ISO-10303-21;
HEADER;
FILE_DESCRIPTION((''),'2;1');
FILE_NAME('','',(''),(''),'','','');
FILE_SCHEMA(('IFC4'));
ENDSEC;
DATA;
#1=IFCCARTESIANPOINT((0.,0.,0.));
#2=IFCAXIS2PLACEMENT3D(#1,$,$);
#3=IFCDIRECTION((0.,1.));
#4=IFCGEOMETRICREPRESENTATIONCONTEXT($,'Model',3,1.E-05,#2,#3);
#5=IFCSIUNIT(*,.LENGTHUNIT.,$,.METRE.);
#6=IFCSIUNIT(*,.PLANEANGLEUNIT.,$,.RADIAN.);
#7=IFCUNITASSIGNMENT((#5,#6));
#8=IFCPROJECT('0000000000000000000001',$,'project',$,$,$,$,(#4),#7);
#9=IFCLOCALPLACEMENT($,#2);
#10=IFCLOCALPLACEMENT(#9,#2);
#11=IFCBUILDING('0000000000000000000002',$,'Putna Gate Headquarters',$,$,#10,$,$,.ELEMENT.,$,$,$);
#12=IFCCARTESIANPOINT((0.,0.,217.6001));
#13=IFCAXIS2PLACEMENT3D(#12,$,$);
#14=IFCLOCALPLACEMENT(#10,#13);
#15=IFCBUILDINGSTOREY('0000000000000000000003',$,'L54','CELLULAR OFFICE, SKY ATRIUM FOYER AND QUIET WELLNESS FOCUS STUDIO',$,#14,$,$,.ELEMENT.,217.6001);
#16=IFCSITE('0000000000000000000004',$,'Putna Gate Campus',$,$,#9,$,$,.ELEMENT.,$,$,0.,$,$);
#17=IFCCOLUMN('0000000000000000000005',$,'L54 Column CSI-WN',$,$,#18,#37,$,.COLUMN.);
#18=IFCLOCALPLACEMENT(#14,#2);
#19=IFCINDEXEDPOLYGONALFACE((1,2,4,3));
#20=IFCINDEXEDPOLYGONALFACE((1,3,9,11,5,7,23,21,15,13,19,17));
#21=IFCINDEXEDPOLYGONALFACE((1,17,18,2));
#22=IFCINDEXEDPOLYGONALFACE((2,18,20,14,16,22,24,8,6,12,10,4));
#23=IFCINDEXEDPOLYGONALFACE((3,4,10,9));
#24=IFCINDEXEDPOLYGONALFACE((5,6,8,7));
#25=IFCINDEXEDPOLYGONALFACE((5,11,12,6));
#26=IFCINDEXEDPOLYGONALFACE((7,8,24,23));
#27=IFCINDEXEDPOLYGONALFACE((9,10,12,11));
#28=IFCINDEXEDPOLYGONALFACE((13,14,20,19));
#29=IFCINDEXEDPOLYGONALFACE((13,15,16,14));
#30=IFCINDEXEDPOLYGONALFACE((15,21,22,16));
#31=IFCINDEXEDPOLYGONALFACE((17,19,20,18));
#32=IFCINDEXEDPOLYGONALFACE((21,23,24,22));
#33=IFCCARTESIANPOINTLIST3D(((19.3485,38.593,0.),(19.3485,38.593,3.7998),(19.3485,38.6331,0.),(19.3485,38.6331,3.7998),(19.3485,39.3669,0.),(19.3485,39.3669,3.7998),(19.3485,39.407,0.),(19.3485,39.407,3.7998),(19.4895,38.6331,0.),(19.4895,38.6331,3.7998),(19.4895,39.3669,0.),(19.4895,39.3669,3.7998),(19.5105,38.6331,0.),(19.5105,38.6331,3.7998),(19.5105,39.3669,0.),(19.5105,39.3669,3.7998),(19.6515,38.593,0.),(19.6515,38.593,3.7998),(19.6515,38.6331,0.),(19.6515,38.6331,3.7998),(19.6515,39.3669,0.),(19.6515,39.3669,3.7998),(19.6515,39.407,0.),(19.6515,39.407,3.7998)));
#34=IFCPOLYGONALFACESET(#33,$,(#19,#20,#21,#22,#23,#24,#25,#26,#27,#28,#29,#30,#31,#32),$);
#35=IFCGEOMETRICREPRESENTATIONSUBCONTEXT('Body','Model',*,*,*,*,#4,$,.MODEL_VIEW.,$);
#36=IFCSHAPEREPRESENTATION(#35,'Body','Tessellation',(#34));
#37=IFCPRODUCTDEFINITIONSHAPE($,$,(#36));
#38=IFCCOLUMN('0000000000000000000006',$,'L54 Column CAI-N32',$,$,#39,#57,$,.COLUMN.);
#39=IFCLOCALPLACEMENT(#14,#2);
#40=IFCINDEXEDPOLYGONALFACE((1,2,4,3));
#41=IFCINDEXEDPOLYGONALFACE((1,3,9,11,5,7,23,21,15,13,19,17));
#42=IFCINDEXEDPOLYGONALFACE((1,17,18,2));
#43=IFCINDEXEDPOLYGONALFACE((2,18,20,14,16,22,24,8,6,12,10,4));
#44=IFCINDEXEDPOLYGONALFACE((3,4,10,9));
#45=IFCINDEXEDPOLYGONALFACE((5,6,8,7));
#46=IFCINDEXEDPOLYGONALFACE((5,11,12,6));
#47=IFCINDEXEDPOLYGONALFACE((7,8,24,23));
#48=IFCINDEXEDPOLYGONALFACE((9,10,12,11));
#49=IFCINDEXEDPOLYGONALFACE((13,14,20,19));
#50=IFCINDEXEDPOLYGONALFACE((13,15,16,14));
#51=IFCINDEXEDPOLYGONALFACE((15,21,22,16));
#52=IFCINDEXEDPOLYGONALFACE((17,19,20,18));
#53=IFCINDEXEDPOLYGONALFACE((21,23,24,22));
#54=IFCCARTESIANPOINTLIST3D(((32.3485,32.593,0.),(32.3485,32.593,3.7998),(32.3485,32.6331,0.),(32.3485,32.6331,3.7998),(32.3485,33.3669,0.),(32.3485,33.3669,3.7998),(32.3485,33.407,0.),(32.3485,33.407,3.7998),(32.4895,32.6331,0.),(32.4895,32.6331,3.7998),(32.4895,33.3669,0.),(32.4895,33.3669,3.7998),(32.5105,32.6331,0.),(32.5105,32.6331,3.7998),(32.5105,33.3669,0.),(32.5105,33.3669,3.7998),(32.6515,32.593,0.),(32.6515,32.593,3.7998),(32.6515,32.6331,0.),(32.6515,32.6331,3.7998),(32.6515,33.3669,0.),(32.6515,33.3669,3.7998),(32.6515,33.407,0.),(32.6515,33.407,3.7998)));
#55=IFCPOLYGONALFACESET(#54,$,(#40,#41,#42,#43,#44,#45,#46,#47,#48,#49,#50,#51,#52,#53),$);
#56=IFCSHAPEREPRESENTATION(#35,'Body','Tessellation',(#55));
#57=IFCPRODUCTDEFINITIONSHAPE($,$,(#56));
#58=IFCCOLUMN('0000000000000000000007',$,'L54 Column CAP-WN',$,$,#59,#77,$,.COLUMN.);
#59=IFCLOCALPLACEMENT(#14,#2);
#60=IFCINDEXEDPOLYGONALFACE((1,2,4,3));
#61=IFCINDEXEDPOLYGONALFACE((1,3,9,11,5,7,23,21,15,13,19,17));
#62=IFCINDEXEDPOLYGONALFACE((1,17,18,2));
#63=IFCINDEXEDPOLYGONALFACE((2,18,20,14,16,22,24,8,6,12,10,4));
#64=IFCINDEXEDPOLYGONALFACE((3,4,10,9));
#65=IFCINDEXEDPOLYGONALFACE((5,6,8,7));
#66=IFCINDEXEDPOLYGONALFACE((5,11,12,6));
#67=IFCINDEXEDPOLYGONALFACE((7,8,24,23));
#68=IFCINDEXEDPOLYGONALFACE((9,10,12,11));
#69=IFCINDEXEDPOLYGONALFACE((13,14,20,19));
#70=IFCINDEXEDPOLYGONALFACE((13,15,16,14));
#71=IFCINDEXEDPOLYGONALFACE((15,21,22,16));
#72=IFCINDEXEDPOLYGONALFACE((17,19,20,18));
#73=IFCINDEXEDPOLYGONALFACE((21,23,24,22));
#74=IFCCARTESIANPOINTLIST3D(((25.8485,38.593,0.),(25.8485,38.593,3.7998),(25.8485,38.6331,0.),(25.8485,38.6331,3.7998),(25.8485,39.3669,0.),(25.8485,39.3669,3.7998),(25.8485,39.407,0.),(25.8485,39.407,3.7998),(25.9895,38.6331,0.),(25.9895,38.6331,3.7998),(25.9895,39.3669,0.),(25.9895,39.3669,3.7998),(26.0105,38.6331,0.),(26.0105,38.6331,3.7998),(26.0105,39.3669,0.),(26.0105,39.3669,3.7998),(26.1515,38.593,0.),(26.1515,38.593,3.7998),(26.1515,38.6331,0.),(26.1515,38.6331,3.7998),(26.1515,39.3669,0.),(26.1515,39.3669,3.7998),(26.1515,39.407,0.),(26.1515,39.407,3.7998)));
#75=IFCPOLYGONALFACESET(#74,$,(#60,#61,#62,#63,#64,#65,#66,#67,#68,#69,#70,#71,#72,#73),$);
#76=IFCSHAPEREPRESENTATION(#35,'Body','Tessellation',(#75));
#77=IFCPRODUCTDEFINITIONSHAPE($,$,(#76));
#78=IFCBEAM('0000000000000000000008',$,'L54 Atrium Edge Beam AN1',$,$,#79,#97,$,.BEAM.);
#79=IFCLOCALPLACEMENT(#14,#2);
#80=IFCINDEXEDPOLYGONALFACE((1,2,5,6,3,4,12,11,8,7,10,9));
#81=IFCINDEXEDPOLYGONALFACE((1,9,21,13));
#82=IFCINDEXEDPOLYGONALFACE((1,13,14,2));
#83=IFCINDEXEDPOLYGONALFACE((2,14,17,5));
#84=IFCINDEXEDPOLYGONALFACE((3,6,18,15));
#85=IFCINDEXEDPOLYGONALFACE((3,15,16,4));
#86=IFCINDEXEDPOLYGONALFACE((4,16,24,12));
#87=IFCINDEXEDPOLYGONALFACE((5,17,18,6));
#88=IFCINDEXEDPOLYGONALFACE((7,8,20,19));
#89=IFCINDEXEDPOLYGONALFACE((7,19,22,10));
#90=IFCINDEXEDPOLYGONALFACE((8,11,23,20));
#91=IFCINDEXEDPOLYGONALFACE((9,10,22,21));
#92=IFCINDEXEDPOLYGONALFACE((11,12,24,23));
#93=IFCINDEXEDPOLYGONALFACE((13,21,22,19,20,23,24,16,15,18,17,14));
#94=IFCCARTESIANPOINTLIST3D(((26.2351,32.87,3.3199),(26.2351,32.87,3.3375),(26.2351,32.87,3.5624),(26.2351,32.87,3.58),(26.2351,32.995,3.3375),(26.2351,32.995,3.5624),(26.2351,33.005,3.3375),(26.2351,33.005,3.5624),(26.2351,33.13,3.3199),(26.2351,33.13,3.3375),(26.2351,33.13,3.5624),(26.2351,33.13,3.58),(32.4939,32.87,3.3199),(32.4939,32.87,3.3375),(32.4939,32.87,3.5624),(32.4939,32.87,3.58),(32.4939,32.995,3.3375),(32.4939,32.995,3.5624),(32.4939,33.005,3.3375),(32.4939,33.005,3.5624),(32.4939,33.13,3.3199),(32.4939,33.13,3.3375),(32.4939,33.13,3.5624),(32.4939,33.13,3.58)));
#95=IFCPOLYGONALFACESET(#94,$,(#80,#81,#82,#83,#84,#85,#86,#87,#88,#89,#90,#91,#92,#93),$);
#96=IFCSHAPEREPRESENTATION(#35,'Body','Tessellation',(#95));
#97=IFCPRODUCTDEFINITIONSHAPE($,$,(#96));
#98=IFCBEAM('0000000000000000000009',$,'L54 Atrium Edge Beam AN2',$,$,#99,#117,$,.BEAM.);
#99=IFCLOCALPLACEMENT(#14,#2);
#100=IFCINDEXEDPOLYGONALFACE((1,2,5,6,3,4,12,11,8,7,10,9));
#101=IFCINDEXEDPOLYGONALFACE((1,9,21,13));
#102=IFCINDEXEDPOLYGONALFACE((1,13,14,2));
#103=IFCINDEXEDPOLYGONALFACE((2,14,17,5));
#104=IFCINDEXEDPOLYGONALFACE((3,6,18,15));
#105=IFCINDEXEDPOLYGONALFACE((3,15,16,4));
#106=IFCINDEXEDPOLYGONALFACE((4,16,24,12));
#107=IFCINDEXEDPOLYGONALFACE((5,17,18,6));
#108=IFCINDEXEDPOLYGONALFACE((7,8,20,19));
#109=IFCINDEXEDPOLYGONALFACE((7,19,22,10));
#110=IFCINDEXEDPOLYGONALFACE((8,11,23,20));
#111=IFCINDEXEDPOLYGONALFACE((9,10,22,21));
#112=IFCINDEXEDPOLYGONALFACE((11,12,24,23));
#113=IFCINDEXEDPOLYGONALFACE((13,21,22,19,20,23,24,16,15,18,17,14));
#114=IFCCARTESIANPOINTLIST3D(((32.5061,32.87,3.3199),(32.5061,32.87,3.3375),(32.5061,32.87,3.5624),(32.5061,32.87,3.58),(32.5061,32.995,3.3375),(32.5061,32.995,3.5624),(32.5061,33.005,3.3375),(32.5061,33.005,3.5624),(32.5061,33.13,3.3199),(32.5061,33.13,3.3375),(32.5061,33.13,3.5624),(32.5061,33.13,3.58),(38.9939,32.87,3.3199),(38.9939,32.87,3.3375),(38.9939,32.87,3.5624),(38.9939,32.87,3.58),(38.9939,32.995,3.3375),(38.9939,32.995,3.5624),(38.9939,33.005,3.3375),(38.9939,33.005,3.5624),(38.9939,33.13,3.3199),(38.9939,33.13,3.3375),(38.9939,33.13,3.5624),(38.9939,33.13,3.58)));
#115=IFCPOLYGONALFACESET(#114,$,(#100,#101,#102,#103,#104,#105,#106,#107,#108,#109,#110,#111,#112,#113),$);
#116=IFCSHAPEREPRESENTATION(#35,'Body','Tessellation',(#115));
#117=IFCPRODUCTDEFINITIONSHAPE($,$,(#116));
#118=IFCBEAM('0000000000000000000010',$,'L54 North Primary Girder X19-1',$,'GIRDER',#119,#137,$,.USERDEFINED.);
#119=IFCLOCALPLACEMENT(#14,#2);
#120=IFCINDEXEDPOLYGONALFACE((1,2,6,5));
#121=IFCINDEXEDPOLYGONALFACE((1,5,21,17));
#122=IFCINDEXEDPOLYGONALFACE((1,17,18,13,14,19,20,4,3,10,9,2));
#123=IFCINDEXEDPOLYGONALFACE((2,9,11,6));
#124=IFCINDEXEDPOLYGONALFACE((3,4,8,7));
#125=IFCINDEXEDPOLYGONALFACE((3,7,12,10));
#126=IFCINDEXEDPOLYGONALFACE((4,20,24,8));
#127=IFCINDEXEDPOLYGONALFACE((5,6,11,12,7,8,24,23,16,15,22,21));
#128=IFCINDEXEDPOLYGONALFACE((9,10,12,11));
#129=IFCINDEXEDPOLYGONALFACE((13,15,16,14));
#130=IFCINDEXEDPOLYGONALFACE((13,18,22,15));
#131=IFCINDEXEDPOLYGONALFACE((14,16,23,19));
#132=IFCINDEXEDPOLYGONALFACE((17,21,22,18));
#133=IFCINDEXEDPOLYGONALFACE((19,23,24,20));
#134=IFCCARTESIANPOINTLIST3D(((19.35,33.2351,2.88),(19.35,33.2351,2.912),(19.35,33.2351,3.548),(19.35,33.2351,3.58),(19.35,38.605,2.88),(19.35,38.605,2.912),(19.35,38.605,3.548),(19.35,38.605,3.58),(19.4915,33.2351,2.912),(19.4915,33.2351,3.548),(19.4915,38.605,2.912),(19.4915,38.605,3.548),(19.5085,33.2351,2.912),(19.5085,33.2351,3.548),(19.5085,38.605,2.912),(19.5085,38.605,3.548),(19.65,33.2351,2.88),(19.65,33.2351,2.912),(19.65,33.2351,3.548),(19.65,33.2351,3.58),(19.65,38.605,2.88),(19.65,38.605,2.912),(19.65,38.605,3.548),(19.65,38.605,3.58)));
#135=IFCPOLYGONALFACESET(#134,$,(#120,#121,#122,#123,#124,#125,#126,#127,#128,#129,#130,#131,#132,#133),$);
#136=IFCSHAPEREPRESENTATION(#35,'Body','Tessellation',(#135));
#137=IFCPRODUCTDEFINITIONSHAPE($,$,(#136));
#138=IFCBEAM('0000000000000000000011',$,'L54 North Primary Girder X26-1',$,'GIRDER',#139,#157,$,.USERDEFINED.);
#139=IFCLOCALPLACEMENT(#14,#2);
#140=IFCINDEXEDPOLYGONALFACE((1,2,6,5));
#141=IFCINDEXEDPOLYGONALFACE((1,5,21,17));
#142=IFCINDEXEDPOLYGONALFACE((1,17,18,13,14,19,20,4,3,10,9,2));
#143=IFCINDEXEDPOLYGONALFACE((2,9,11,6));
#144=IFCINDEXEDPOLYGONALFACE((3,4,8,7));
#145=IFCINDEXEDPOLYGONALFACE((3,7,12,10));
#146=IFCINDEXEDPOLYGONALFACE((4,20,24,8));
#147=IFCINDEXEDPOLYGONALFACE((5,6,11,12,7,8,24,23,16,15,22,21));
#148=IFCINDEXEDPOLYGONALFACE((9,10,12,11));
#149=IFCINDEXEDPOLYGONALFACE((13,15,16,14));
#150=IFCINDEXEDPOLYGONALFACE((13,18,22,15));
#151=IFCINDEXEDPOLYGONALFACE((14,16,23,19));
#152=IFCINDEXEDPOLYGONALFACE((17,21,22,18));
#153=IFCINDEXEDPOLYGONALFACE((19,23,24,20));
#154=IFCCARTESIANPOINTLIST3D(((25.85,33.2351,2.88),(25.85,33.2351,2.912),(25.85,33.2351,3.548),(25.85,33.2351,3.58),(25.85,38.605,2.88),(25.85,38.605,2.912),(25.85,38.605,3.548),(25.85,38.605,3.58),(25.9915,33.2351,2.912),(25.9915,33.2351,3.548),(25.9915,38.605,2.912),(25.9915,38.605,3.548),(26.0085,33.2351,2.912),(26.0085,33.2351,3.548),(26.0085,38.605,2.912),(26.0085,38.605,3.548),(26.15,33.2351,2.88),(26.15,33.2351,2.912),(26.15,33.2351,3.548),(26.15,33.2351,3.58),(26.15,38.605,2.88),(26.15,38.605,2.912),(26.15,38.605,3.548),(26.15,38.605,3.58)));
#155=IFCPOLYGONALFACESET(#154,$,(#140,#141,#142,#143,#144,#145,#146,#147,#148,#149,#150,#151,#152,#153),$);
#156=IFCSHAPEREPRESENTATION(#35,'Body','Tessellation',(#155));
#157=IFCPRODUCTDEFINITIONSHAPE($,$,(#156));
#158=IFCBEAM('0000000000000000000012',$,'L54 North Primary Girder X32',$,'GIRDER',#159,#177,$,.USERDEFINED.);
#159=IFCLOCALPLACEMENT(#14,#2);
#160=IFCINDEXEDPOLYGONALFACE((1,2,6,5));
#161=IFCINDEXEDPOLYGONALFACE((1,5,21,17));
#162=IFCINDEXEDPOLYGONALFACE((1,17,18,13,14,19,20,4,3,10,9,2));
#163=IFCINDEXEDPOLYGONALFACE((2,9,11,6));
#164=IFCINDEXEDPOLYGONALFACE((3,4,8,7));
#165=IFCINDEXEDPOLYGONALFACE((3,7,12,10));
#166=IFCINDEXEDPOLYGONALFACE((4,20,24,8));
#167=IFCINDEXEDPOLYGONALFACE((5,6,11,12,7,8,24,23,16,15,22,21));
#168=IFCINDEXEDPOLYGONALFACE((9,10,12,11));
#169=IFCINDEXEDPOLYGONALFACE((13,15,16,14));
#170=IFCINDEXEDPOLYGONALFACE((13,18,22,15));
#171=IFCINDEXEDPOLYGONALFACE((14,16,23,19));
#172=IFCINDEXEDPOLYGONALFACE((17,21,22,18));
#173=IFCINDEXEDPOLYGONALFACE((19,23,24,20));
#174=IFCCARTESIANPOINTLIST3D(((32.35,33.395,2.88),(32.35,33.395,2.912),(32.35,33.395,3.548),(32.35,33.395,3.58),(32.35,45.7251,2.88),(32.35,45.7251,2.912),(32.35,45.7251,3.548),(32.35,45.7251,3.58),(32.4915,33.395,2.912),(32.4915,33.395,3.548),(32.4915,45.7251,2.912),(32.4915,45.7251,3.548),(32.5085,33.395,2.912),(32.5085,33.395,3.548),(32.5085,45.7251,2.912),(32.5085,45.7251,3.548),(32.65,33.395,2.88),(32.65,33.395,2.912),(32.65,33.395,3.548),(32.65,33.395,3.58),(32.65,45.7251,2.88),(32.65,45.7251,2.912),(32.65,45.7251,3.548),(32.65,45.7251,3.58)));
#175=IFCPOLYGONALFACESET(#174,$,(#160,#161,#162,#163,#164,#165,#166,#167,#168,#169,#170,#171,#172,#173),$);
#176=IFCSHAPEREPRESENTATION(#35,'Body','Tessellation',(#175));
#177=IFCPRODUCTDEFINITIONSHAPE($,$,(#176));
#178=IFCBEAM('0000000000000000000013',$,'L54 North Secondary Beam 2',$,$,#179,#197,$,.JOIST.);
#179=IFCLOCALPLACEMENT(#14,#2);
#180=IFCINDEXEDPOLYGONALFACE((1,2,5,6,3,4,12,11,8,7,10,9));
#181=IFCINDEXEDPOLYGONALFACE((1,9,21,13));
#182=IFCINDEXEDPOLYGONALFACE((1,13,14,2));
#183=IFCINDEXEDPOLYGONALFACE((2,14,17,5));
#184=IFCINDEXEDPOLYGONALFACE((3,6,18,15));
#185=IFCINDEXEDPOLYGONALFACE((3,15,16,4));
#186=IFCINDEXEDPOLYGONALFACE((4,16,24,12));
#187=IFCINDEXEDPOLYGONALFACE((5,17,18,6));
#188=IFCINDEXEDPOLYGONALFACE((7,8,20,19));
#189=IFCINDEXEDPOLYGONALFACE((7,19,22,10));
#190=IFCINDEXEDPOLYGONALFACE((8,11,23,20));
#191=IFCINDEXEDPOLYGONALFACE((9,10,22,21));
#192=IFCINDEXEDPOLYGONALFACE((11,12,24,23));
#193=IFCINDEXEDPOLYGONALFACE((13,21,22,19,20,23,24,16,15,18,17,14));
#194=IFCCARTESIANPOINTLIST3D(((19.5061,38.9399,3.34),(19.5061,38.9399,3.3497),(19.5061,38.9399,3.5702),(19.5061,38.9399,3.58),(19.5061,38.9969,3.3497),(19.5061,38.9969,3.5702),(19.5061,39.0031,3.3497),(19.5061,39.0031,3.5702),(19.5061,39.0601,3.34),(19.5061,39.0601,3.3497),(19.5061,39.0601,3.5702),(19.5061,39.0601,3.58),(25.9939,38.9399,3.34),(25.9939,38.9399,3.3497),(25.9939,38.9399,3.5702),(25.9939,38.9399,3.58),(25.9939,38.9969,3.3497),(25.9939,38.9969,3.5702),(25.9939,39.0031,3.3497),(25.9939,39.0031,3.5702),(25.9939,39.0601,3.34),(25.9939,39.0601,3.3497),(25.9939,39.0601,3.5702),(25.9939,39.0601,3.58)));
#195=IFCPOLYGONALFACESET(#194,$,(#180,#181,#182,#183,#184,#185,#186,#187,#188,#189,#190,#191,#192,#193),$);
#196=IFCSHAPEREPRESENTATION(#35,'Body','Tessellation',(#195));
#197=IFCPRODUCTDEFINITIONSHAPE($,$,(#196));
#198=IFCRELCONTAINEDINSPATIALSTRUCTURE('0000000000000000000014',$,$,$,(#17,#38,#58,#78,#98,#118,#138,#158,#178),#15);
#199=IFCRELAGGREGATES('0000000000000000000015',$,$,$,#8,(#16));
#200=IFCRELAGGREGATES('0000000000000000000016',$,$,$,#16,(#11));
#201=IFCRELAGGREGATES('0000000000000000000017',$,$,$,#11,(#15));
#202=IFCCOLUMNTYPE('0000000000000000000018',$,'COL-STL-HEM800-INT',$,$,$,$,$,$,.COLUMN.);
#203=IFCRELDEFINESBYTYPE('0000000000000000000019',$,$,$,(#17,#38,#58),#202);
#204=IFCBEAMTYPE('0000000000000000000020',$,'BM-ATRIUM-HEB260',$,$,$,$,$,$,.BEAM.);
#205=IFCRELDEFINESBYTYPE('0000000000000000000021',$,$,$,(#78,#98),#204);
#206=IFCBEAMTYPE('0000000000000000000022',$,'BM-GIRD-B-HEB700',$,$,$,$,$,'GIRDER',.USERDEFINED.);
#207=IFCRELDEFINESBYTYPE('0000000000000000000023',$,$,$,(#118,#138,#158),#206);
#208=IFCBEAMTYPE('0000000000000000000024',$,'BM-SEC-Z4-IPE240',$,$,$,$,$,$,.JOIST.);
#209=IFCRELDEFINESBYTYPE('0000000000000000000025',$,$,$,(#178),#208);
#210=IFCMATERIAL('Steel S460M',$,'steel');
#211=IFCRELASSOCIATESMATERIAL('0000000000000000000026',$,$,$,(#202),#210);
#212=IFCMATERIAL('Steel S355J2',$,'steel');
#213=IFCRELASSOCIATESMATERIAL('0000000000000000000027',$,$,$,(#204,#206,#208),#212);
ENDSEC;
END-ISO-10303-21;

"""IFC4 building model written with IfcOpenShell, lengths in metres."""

from ifc_helpers import new_model, si_unit, direction, frame, origin, origin_2d, place, context, subcontext, project, spatial, i_section, extrude, material, material_profile, profile_set, type_object, element, save


model = new_model("IFC4")

# Units and contexts
model_context = context("Model", 3, precision=1e-05, world=origin(), true_north=direction((0.0, 1.0)))
body_context = subcontext(model_context, "Body", "Model", "MODEL_VIEW")
ifc_project = project(units=[si_unit("LENGTHUNIT", "METRE"), si_unit("PLANEANGLEUNIT", "RADIAN")], contexts=[model_context])

# Site, building, storey
site_placement = place(None, origin())
site = spatial("IfcSite", under=ifc_project, at=site_placement, Name="Putna Gate Campus", CompositionType="ELEMENT", RefElevation=0.0)
building_placement = place(site_placement, origin())
building = spatial("IfcBuilding", under=site, at=building_placement, Name="Putna Gate Headquarters", CompositionType="ELEMENT")
storey_placement = place(building_placement, frame((0.0, 0.0, 217.6001)))
storey = spatial("IfcBuildingStorey", under=building, at=storey_placement, Name="L54", Description="CELLULAR OFFICE, SKY ATRIUM FOYER AND QUIET WELLNESS FOCUS STUDIO", CompositionType="ELEMENT", Elevation=217.6001)

# Columns
ifc_material_1 = material(Name="Steel S460M", Category="steel")
ifc_material_profile_1 = material_profile(ifc_material_1, i_section(OverallWidth=0.303, OverallDepth=0.814, WebThickness=0.021, FlangeThickness=0.04, at=origin_2d()), Name="Steel S460M")
ifc_profile_set_1 = profile_set([ifc_material_profile_1], Name="Steel S460M")
column_type = type_object("IfcColumnType", Name="COL-STL-HEM800-INT", PredefinedType="COLUMN", material=ifc_profile_set_1)
for number, where, z_axis, x_axis, name in (
    (1, (19.5, 39.0, 0.0), (0.0, 0.0, 1.0), (1.0, 0.0, 0.0), "L54 Column CSI-WN"),
    (2, (32.5, 33.0, 0.0), (0.0, 0.0, 1.0), (1.0, 0.0, 0.0), "L54 Column CAI-N32"),
    (3, (26.0, 39.0, 0.0), (0.0, 0.0, 1.0), (1.0, 0.0, 0.0), "L54 Column CAP-WN"),
):
    element("IfcColumn", number, at=place(storey_placement, frame(where, z_axis=z_axis, x_axis=x_axis)), inside=storey, type_object=column_type, Name=name, PredefinedType="COLUMN", context=body_context, shape_type="SweptSolid", body=[
        extrude(i_section(OverallWidth=0.303, OverallDepth=0.814, WebThickness=0.021, FlangeThickness=0.04, at=origin_2d()), origin(), (0.0, 0.0, 1.0), 3.7998),
    ])

# Beams
ifc_material_2 = material(Name="Steel S355J2", Category="steel")
ifc_material_profile_2 = material_profile(ifc_material_2, i_section(OverallWidth=0.26, OverallDepth=0.26, WebThickness=0.01, FlangeThickness=0.0176, at=origin_2d()), Name="Steel S355J2")
ifc_profile_set_2 = profile_set([ifc_material_profile_2], Name="Steel S355J2")
beam_type_1 = type_object("IfcBeamType", Name="BM-ATRIUM-HEB260", PredefinedType="BEAM", material=ifc_profile_set_2)
beam_1_placement = place(storey_placement, frame((26.2351, 33.0, 3.45), z_axis=(1.0, 0.0, 0.0), x_axis=(0.0, 1.0, 0.0)))
element("IfcBeam", 4, at=beam_1_placement, inside=storey, type_object=beam_type_1, Name="L54 Atrium Edge Beam AN1", PredefinedType="BEAM", context=body_context, shape_type="SweptSolid", body=[
    extrude(i_section(OverallWidth=0.26, OverallDepth=0.26, WebThickness=0.01, FlangeThickness=0.0176, at=origin_2d()), origin(), (0.0, 0.0, 1.0), 6.2588),
])
beam_2_placement = place(storey_placement, frame((32.5061, 33.0, 3.45), z_axis=(1.0, 0.0, 0.0), x_axis=(0.0, 1.0, 0.0)))
element("IfcBeam", 5, at=beam_2_placement, inside=storey, type_object=beam_type_1, Name="L54 Atrium Edge Beam AN2", PredefinedType="BEAM", context=body_context, shape_type="SweptSolid", body=[
    extrude(i_section(OverallWidth=0.26, OverallDepth=0.26, WebThickness=0.01, FlangeThickness=0.0176, at=origin_2d()), origin(), (0.0, 0.0, 1.0), 6.4878),
])
ifc_material_profile_3 = material_profile(ifc_material_2, i_section(OverallWidth=0.3, OverallDepth=0.7, WebThickness=0.0171, FlangeThickness=0.032, at=origin_2d()), Name="Steel S355J2")
ifc_profile_set_3 = profile_set([ifc_material_profile_3], Name="Steel S355J2")
beam_type_2 = type_object("IfcBeamType", Name="BM-GIRD-B-HEB700", ElementType="GIRDER", PredefinedType="USERDEFINED", material=ifc_profile_set_3)
for number, where, z_axis, x_axis, name in (
    (6, (19.5, 33.2351, 3.23), (0.0, 1.0, 0.0), (-1.0, 0.0, 0.0), "L54 North Primary Girder X19-1"),
    (7, (26.0, 33.2351, 3.23), (0.0, 1.0, 0.0), (-1.0, 0.0, 0.0), "L54 North Primary Girder X26-1"),
):
    element("IfcBeam", number, at=place(storey_placement, frame(where, z_axis=z_axis, x_axis=x_axis)), inside=storey, type_object=beam_type_2, Name=name, ObjectType="GIRDER", PredefinedType="USERDEFINED", context=body_context, shape_type="SweptSolid", body=[
        extrude(i_section(OverallWidth=0.3, OverallDepth=0.7, WebThickness=0.0171, FlangeThickness=0.032, at=origin_2d()), origin(), (0.0, 0.0, 1.0), 5.3699),
    ])
beam_3_placement = place(storey_placement, frame((32.5, 33.395, 3.23), z_axis=(0.0, 1.0, 0.0), x_axis=(-1.0, 0.0, 0.0)))
element("IfcBeam", 8, at=beam_3_placement, inside=storey, type_object=beam_type_2, Name="L54 North Primary Girder X32", ObjectType="GIRDER", PredefinedType="USERDEFINED", context=body_context, shape_type="SweptSolid", body=[
    extrude(i_section(OverallWidth=0.3, OverallDepth=0.7, WebThickness=0.0171, FlangeThickness=0.032, at=origin_2d()), origin(), (0.0, 0.0, 1.0), 12.3301),
])
ifc_material_profile_4 = material_profile(ifc_material_2, i_section(OverallWidth=0.1201, OverallDepth=0.24, WebThickness=0.0061, FlangeThickness=0.0098, at=origin_2d()), Name="Steel S355J2")
ifc_profile_set_4 = profile_set([ifc_material_profile_4], Name="Steel S355J2")
beam_type_3 = type_object("IfcBeamType", Name="BM-SEC-Z4-IPE240", PredefinedType="JOIST", material=ifc_profile_set_4)
beam_4_placement = place(storey_placement, frame((19.5061, 39.0, 3.46), z_axis=(1.0, 0.0, 0.0), x_axis=(0.0, 1.0, 0.0)))
element("IfcBeam", 9, at=beam_4_placement, inside=storey, type_object=beam_type_3, Name="L54 North Secondary Beam 2", PredefinedType="JOIST", context=body_context, shape_type="SweptSolid", body=[
    extrude(i_section(OverallWidth=0.1201, OverallDepth=0.24, WebThickness=0.0061, FlangeThickness=0.0098, at=origin_2d()), origin(), (0.0, 0.0, 1.0), 6.4878),
])

save(model, "model.ifc")
